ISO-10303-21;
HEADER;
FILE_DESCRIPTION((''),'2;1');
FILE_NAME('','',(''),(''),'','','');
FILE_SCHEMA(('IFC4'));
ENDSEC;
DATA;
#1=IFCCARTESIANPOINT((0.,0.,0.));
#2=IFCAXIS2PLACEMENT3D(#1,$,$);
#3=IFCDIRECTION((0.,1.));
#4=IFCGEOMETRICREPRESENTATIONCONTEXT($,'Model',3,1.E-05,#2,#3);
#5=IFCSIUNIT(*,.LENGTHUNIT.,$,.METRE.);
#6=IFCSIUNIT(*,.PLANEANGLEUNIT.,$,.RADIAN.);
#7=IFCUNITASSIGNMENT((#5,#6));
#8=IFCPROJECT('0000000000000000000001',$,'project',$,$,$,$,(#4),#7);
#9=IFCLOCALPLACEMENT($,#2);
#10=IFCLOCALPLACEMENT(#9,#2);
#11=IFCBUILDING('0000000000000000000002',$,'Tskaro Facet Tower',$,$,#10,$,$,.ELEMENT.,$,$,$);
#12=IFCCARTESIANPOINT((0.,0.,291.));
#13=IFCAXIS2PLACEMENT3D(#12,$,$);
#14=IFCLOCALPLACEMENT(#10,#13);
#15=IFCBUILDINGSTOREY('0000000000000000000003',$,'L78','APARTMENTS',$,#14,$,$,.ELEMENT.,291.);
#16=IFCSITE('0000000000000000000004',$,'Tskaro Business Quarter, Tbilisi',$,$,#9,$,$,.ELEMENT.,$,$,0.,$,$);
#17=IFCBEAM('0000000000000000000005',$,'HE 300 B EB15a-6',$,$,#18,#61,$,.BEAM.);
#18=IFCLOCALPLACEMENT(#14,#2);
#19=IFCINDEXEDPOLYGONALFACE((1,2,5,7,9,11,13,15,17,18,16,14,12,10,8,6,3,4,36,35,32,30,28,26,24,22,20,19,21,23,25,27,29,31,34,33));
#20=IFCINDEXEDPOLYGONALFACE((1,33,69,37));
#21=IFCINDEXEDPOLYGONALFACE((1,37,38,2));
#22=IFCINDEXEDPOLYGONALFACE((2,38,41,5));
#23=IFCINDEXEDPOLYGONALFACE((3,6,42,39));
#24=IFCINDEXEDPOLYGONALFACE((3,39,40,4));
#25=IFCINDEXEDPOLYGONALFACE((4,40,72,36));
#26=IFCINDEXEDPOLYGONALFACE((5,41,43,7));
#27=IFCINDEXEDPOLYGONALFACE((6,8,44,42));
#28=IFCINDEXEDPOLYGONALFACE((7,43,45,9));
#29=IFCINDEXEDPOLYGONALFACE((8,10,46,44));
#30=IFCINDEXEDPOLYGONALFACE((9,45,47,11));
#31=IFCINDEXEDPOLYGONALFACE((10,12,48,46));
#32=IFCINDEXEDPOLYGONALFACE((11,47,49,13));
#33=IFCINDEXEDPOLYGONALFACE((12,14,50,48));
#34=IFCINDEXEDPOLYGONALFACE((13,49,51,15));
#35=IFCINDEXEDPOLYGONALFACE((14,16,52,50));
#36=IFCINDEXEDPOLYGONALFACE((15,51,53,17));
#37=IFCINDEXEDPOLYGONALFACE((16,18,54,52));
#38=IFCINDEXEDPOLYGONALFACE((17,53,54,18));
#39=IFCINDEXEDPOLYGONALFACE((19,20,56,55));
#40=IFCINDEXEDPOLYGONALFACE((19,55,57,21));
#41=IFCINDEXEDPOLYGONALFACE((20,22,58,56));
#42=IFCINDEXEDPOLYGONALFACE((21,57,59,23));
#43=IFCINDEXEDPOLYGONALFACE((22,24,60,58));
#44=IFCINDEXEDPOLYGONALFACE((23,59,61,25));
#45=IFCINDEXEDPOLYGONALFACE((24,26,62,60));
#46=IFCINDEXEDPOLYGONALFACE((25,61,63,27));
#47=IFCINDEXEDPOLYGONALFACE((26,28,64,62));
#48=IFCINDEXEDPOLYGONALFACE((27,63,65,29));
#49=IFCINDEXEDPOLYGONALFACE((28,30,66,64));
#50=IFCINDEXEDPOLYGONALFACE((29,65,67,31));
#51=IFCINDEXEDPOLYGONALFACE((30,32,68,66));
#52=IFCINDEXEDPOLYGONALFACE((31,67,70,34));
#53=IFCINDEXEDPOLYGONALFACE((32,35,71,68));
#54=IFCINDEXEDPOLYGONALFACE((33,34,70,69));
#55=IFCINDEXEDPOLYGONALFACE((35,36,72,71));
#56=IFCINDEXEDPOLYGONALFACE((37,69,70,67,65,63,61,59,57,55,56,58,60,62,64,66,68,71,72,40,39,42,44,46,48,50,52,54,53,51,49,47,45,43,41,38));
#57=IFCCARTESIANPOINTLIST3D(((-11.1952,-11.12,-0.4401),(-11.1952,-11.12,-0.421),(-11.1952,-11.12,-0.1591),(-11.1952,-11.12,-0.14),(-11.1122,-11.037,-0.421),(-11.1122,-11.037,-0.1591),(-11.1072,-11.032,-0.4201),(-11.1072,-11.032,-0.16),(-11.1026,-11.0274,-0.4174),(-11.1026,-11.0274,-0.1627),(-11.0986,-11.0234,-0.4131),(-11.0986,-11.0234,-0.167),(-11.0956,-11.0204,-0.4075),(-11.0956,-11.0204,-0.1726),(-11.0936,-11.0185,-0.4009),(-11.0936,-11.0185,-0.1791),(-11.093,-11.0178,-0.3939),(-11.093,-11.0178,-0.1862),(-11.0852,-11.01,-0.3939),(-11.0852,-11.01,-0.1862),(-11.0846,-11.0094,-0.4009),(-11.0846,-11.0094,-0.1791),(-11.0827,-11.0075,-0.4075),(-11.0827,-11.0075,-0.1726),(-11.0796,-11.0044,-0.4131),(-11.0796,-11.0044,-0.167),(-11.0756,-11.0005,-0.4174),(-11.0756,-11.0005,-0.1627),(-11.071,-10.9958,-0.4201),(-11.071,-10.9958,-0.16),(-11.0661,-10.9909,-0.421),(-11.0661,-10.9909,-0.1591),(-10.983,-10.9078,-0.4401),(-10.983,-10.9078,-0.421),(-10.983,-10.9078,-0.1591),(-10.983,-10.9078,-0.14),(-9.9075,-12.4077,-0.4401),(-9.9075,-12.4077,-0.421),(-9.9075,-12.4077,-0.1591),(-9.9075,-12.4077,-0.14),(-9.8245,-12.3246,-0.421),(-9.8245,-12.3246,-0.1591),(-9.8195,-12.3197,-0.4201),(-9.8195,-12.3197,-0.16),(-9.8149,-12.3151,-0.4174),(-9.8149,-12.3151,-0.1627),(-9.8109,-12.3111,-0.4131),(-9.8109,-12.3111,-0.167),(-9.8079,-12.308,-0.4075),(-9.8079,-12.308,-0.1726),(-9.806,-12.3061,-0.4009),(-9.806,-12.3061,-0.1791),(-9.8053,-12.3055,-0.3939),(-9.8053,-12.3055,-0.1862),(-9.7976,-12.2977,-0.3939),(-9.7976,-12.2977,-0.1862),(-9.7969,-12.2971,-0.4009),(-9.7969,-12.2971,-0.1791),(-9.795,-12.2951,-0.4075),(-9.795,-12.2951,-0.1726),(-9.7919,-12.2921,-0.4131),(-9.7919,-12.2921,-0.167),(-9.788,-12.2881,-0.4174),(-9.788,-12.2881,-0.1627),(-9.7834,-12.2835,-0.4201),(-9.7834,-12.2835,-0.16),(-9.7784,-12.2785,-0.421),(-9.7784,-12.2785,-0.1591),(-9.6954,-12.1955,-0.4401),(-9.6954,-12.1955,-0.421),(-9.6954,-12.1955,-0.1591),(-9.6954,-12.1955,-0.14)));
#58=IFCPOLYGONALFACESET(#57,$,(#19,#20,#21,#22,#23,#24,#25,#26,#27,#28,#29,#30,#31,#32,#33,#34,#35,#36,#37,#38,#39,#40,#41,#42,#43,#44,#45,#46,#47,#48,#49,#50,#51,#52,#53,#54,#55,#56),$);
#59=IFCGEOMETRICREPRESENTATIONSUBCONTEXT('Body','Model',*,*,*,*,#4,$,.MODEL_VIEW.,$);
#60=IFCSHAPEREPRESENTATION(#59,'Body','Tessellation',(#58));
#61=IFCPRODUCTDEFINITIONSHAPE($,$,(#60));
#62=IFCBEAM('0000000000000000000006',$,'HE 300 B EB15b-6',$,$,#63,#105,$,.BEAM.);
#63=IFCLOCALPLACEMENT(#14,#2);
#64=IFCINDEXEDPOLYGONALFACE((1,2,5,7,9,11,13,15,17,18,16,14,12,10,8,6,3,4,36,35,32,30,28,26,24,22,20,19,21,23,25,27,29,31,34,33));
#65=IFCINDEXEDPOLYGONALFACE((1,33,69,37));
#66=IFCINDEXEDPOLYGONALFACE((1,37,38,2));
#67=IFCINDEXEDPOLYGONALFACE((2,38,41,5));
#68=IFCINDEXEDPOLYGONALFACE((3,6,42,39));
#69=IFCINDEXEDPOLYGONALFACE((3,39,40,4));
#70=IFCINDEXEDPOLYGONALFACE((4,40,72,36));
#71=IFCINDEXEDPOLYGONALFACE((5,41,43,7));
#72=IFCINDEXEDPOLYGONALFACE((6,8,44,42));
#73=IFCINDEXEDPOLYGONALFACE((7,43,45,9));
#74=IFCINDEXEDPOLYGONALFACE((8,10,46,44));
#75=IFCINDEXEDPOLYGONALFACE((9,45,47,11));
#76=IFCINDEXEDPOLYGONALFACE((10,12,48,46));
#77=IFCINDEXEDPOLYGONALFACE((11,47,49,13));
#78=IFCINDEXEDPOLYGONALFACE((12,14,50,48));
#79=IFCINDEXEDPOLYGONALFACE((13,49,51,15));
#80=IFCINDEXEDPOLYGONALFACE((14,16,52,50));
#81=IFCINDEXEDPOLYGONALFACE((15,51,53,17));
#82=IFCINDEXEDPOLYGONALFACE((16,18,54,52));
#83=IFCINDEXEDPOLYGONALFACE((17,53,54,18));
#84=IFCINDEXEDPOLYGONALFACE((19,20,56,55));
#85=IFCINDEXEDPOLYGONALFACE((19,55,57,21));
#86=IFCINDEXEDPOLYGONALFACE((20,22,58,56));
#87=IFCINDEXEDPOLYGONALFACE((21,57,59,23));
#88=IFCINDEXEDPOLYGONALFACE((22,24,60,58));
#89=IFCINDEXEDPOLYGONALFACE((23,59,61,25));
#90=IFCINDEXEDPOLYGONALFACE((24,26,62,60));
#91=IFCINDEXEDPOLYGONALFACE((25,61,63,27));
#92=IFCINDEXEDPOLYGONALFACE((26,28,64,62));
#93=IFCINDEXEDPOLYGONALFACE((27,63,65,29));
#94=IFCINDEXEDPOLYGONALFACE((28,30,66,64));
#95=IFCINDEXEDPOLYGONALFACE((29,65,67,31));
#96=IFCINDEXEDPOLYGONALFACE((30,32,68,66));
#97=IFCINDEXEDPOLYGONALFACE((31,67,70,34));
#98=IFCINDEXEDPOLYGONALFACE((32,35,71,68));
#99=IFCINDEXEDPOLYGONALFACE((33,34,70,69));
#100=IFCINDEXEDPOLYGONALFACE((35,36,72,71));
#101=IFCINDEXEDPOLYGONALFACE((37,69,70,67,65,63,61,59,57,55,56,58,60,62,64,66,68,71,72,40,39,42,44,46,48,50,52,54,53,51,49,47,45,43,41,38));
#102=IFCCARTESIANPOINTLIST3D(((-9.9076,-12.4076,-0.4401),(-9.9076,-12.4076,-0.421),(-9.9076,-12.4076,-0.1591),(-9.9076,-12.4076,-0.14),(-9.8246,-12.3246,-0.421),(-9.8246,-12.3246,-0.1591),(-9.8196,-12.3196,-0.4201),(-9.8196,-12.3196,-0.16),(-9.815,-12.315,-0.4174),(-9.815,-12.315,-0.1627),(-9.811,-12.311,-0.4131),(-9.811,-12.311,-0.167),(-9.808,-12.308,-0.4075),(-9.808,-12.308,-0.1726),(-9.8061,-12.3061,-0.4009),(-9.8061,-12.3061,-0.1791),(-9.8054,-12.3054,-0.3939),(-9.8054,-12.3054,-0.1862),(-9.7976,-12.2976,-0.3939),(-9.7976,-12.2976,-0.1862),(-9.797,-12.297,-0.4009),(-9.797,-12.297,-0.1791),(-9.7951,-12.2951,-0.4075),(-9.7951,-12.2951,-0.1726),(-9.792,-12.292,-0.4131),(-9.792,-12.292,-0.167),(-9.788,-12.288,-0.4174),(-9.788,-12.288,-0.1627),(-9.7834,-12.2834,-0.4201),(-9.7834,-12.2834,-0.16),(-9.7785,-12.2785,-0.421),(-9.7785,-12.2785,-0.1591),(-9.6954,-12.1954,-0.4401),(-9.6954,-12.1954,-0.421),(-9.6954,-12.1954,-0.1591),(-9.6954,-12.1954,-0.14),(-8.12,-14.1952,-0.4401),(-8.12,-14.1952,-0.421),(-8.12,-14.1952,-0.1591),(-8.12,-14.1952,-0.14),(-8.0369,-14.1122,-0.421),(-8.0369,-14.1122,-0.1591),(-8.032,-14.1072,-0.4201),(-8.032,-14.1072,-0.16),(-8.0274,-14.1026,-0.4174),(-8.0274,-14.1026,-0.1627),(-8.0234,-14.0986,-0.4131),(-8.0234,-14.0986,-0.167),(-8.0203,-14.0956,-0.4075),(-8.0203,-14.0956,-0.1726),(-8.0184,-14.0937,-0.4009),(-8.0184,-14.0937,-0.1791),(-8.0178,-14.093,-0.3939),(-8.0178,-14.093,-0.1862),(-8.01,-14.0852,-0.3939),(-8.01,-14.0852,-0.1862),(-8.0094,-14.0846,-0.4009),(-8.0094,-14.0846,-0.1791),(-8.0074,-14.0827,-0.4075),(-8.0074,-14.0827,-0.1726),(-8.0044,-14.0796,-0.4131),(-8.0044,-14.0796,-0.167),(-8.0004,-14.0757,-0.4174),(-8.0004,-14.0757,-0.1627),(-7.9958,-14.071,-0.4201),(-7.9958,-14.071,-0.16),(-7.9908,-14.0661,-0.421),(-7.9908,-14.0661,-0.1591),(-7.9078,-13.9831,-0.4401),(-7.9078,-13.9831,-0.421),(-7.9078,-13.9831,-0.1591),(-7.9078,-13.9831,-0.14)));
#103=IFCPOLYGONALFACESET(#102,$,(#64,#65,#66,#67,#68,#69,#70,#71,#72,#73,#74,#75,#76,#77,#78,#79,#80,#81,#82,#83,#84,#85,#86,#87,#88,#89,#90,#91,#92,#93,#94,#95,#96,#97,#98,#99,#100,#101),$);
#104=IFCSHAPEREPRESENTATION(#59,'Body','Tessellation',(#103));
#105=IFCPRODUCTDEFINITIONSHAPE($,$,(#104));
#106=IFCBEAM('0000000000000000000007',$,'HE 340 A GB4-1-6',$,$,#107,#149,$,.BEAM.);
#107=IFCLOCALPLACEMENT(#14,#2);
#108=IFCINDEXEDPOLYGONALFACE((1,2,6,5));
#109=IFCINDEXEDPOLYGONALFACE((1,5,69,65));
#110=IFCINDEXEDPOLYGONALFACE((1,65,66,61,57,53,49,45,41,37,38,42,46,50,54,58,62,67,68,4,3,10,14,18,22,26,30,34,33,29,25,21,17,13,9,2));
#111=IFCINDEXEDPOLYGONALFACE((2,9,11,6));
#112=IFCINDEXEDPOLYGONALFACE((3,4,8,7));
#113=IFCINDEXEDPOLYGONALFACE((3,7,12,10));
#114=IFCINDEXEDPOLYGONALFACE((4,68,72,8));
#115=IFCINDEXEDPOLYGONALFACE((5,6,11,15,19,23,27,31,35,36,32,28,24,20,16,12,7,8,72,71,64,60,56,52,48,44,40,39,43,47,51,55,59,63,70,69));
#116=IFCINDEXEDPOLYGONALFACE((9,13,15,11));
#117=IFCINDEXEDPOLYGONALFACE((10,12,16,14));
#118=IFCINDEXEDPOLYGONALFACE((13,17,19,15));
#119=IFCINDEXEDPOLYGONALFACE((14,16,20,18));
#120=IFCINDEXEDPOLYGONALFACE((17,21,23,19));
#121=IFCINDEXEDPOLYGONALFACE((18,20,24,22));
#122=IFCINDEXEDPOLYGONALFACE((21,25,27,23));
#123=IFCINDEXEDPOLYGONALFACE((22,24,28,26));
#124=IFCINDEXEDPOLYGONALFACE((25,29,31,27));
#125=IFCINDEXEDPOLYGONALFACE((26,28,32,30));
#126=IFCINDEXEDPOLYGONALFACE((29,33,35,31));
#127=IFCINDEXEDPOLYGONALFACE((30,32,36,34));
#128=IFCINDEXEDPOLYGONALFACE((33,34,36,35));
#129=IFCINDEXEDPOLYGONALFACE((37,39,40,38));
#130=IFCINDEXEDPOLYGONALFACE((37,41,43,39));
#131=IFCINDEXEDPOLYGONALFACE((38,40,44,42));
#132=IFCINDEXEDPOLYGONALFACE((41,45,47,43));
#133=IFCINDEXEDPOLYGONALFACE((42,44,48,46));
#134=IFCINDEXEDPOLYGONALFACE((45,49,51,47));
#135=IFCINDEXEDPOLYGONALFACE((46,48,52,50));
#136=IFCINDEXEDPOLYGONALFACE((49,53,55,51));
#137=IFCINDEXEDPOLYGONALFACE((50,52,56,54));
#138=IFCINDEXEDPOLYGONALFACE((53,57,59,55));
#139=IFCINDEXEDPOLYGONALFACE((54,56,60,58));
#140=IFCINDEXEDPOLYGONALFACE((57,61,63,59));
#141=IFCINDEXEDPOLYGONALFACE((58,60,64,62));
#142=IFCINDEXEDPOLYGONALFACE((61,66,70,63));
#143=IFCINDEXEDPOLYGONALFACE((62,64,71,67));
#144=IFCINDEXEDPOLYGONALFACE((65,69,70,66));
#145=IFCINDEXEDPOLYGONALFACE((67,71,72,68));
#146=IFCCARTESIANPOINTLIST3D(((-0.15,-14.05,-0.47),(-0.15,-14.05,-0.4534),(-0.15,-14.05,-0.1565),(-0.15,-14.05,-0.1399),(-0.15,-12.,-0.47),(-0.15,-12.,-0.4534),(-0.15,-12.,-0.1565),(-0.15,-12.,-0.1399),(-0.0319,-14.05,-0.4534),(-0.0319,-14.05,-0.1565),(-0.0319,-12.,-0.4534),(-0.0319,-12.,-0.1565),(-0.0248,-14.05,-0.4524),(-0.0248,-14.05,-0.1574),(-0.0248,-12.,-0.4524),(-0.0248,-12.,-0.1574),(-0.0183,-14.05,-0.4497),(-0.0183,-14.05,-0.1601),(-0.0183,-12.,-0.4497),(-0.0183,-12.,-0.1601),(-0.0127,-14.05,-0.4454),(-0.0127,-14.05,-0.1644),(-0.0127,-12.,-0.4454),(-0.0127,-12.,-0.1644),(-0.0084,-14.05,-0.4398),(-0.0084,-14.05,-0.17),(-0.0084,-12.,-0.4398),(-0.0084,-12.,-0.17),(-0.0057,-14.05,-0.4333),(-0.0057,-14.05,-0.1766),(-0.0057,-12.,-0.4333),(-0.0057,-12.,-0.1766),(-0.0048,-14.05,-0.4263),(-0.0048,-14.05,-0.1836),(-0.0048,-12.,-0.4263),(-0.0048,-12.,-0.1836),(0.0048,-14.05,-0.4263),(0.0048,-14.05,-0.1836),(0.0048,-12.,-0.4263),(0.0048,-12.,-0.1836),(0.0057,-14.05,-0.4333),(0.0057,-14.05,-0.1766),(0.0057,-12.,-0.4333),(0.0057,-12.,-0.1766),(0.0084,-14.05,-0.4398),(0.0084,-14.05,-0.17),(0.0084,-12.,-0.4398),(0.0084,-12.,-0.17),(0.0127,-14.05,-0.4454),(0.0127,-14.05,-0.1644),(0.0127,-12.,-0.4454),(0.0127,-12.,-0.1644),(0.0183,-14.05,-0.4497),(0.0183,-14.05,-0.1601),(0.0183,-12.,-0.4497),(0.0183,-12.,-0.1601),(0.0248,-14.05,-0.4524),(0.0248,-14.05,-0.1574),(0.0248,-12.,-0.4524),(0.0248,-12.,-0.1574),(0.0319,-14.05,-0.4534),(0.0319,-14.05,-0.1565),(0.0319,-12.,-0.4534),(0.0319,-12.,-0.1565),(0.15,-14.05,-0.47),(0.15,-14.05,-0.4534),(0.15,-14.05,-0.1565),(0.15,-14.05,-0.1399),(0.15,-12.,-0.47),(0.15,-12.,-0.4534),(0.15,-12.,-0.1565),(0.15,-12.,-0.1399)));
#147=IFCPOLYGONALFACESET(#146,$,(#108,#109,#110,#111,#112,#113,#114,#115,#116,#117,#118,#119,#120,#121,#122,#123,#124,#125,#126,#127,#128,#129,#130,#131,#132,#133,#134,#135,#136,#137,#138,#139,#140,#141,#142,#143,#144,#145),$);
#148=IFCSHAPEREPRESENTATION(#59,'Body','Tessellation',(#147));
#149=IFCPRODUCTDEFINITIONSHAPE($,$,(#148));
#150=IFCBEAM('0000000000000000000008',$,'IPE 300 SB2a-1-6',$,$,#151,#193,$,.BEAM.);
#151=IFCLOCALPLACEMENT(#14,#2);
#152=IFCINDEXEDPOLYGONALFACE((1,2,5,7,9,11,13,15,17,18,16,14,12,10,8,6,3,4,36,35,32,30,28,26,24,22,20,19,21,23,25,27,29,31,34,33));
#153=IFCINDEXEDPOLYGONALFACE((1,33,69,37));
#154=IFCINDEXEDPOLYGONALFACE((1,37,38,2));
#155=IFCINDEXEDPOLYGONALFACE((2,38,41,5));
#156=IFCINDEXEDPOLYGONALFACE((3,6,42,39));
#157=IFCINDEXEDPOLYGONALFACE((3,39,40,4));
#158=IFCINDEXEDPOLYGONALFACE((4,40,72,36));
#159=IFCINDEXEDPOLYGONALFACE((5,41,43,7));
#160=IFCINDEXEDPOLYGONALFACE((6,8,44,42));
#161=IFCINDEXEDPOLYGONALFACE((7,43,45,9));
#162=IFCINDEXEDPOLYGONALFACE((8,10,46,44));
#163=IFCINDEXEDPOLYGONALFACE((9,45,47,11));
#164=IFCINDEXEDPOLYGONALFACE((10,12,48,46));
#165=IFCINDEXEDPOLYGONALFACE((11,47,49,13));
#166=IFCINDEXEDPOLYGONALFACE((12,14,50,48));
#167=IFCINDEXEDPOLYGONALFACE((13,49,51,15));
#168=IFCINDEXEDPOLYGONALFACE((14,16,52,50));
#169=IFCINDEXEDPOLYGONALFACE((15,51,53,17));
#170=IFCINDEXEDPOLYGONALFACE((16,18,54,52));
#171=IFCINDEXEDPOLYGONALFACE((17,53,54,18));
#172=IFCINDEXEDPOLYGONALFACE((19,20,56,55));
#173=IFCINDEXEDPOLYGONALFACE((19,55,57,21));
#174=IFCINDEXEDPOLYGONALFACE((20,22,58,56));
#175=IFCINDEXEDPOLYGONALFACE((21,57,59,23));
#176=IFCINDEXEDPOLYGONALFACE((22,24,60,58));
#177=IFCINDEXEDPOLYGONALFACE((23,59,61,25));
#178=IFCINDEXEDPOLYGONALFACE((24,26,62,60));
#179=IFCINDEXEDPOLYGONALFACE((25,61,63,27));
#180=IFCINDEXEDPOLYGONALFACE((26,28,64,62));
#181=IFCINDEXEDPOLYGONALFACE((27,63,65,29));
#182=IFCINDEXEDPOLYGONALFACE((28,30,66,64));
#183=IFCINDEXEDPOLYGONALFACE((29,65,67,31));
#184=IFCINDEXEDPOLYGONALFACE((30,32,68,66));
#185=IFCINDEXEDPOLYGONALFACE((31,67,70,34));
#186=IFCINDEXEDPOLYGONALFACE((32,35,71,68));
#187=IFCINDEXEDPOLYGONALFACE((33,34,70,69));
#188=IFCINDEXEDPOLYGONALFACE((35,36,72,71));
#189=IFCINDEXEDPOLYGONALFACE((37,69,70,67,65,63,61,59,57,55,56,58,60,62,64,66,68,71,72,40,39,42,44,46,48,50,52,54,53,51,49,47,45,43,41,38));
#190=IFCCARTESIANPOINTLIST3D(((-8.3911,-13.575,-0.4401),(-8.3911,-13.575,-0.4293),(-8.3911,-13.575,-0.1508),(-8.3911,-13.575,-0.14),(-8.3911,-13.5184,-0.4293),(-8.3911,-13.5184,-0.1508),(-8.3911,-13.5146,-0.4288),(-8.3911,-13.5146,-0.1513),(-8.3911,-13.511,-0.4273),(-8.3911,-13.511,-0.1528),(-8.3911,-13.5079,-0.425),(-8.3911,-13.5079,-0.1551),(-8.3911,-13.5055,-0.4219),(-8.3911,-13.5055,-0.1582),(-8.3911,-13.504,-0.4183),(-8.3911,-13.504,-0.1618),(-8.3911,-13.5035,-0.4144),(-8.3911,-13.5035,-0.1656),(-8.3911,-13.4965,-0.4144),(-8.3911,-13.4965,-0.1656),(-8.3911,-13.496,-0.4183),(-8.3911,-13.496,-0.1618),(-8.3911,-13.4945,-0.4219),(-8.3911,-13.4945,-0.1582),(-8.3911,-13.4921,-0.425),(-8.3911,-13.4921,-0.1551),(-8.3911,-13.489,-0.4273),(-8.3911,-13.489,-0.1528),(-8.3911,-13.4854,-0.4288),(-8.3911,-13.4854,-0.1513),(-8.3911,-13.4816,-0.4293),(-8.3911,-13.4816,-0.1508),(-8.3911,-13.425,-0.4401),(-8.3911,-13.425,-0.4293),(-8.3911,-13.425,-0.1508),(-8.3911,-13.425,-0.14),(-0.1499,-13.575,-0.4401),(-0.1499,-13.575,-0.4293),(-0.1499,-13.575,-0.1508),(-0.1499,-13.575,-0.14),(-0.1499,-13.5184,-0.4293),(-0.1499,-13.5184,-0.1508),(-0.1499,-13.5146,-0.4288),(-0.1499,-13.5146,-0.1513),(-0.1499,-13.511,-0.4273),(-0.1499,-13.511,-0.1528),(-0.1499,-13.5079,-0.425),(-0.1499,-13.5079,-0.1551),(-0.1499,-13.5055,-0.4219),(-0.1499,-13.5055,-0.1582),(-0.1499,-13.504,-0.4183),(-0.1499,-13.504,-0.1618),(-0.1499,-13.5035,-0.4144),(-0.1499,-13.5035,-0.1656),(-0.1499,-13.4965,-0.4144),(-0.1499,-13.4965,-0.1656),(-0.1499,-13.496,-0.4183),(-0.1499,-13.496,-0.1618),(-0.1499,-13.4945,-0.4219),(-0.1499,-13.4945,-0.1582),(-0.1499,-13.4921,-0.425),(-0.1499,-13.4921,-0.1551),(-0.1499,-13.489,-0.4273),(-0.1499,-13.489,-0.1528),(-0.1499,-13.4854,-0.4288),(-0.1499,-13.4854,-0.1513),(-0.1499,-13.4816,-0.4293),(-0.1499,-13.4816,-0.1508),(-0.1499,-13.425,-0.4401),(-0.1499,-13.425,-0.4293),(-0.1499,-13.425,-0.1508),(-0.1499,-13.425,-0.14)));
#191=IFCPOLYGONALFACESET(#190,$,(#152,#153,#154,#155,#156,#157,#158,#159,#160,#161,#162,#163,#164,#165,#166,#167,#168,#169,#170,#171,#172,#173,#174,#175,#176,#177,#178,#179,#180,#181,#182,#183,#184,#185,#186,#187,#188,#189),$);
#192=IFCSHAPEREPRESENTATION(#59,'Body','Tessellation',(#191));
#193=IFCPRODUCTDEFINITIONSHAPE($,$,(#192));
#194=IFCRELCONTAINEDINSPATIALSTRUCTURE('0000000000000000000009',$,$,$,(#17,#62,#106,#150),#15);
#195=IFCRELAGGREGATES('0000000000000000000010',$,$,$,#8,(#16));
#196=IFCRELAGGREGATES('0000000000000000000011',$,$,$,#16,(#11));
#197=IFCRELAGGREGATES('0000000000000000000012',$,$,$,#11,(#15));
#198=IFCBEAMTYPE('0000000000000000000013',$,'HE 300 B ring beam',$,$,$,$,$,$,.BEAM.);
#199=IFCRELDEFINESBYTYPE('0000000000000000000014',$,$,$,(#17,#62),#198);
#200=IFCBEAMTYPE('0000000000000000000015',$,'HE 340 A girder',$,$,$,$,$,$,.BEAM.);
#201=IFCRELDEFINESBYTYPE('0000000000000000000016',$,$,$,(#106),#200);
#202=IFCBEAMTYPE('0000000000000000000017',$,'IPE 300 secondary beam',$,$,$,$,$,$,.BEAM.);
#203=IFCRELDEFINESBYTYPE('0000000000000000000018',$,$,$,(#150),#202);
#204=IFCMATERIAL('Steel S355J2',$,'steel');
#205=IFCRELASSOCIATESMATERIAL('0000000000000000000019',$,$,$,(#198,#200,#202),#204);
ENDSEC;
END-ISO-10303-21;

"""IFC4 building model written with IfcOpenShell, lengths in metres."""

from ifc_helpers import new_model, si_unit, direction, frame, origin, origin_2d, place, context, subcontext, project, spatial, i_section, extrude, material, material_profile, profile_set, type_object, element, save


model = new_model("IFC4")

# Units and contexts
model_context = context("Model", 3, precision=1e-05, world=origin(), true_north=direction((0.0, 1.0)))
body_context = subcontext(model_context, "Body", "Model", "MODEL_VIEW")
ifc_project = project(units=[si_unit("LENGTHUNIT", "METRE"), si_unit("PLANEANGLEUNIT", "RADIAN")], contexts=[model_context])

# Site, building, storey
site_placement = place(None, origin())
site = spatial("IfcSite", under=ifc_project, at=site_placement, Name="Tskaro Business Quarter, Tbilisi", CompositionType="ELEMENT", RefElevation=0.0)
building_placement = place(site_placement, origin())
building = spatial("IfcBuilding", under=site, at=building_placement, Name="Tskaro Facet Tower", CompositionType="ELEMENT")
storey_placement = place(building_placement, frame((0.0, 0.0, 291.0)))
storey = spatial("IfcBuildingStorey", under=building, at=storey_placement, Name="L78", Description="APARTMENTS", CompositionType="ELEMENT", Elevation=291.0)

# Shared definitions
ifc_material_1 = material(Name="Steel S355J2", Category="steel")

# Beams
ifc_material_profile_1 = material_profile(ifc_material_1, i_section(OverallWidth=0.3, OverallDepth=0.3, WebThickness=0.011, FlangeThickness=0.019, FilletRadius=0.0271, at=origin_2d()), Name="HE 300 B")
ifc_profile_set_1 = profile_set([ifc_material_profile_1], Name="Steel S355J2")
beam_type_1 = type_object("IfcBeamType", Name="HE 300 B ring beam", PredefinedType="BEAM", material=ifc_profile_set_1)
beam_1_placement = place(storey_placement, frame((-11.0891, -11.0139, -0.29), z_axis=(0.707107, -0.707107, 0.0), x_axis=(0.707107, 0.707107, 0.0)))
element("IfcBeam", 1, at=beam_1_placement, inside=storey, type_object=beam_type_1, Name="HE 300 B EB15a-6", PredefinedType="BEAM", context=body_context, shape_type="SweptSolid", body=[
    extrude(i_section(OverallWidth=0.3, OverallDepth=0.3, WebThickness=0.011, FlangeThickness=0.019, FilletRadius=0.0271, at=origin_2d()), origin(), (0.0, 0.0, 1.0), 1.821),
])
beam_2_placement = place(storey_placement, frame((-9.8015, -12.3015, -0.29), z_axis=(0.707107, -0.707107, 0.0), x_axis=(0.707107, 0.707107, 0.0)))
element("IfcBeam", 2, at=beam_2_placement, inside=storey, type_object=beam_type_1, Name="HE 300 B EB15b-6", PredefinedType="BEAM", context=body_context, shape_type="SweptSolid", body=[
    extrude(i_section(OverallWidth=0.3, OverallDepth=0.3, WebThickness=0.011, FlangeThickness=0.019, FilletRadius=0.0271, at=origin_2d()), origin(), (0.0, 0.0, 1.0), 2.5281),
])
ifc_material_profile_2 = material_profile(ifc_material_1, i_section(OverallWidth=0.3, OverallDepth=0.3301, WebThickness=0.0095, FlangeThickness=0.0166, FilletRadius=0.0271, at=origin_2d()), Name="HE 340 A")
ifc_profile_set_2 = profile_set([ifc_material_profile_2], Name="Steel S355J2")
beam_type_2 = type_object("IfcBeamType", Name="HE 340 A girder", PredefinedType="BEAM", material=ifc_profile_set_2)
beam_3_placement = place(storey_placement, frame((0.0, -14.05, -0.3049), z_axis=(0.0, 1.0, 0.0), x_axis=(-1.0, 0.0, 0.0)))
element("IfcBeam", 3, at=beam_3_placement, inside=storey, type_object=beam_type_2, Name="HE 340 A GB4-1-6", PredefinedType="BEAM", context=body_context, shape_type="SweptSolid", body=[
    extrude(i_section(OverallWidth=0.3, OverallDepth=0.3301, WebThickness=0.0095, FlangeThickness=0.0166, FilletRadius=0.0271, at=origin_2d()), origin(), (0.0, 0.0, 1.0), 2.05),
])
ifc_material_profile_3 = material_profile(ifc_material_1, i_section(OverallWidth=0.1499, OverallDepth=0.3, WebThickness=0.0071, FlangeThickness=0.0107, FilletRadius=0.0149, at=origin_2d()), Name="IPE 300")
ifc_profile_set_3 = profile_set([ifc_material_profile_3], Name="Steel S355J2")
beam_type_3 = type_object("IfcBeamType", Name="IPE 300 secondary beam", PredefinedType="BEAM", material=ifc_profile_set_3)
beam_4_placement = place(storey_placement, frame((-8.3911, -13.5, -0.29), z_axis=(1.0, 0.0, 0.0), x_axis=(0.0, 1.0, 0.0)))
element("IfcBeam", 4, at=beam_4_placement, inside=storey, type_object=beam_type_3, Name="IPE 300 SB2a-1-6", PredefinedType="BEAM", context=body_context, shape_type="SweptSolid", body=[
    extrude(i_section(OverallWidth=0.1499, OverallDepth=0.3, WebThickness=0.0071, FlangeThickness=0.0107, FilletRadius=0.0149, at=origin_2d()), origin(), (0.0, 0.0, 1.0), 8.2412),
])

save(model, "model.ifc")
